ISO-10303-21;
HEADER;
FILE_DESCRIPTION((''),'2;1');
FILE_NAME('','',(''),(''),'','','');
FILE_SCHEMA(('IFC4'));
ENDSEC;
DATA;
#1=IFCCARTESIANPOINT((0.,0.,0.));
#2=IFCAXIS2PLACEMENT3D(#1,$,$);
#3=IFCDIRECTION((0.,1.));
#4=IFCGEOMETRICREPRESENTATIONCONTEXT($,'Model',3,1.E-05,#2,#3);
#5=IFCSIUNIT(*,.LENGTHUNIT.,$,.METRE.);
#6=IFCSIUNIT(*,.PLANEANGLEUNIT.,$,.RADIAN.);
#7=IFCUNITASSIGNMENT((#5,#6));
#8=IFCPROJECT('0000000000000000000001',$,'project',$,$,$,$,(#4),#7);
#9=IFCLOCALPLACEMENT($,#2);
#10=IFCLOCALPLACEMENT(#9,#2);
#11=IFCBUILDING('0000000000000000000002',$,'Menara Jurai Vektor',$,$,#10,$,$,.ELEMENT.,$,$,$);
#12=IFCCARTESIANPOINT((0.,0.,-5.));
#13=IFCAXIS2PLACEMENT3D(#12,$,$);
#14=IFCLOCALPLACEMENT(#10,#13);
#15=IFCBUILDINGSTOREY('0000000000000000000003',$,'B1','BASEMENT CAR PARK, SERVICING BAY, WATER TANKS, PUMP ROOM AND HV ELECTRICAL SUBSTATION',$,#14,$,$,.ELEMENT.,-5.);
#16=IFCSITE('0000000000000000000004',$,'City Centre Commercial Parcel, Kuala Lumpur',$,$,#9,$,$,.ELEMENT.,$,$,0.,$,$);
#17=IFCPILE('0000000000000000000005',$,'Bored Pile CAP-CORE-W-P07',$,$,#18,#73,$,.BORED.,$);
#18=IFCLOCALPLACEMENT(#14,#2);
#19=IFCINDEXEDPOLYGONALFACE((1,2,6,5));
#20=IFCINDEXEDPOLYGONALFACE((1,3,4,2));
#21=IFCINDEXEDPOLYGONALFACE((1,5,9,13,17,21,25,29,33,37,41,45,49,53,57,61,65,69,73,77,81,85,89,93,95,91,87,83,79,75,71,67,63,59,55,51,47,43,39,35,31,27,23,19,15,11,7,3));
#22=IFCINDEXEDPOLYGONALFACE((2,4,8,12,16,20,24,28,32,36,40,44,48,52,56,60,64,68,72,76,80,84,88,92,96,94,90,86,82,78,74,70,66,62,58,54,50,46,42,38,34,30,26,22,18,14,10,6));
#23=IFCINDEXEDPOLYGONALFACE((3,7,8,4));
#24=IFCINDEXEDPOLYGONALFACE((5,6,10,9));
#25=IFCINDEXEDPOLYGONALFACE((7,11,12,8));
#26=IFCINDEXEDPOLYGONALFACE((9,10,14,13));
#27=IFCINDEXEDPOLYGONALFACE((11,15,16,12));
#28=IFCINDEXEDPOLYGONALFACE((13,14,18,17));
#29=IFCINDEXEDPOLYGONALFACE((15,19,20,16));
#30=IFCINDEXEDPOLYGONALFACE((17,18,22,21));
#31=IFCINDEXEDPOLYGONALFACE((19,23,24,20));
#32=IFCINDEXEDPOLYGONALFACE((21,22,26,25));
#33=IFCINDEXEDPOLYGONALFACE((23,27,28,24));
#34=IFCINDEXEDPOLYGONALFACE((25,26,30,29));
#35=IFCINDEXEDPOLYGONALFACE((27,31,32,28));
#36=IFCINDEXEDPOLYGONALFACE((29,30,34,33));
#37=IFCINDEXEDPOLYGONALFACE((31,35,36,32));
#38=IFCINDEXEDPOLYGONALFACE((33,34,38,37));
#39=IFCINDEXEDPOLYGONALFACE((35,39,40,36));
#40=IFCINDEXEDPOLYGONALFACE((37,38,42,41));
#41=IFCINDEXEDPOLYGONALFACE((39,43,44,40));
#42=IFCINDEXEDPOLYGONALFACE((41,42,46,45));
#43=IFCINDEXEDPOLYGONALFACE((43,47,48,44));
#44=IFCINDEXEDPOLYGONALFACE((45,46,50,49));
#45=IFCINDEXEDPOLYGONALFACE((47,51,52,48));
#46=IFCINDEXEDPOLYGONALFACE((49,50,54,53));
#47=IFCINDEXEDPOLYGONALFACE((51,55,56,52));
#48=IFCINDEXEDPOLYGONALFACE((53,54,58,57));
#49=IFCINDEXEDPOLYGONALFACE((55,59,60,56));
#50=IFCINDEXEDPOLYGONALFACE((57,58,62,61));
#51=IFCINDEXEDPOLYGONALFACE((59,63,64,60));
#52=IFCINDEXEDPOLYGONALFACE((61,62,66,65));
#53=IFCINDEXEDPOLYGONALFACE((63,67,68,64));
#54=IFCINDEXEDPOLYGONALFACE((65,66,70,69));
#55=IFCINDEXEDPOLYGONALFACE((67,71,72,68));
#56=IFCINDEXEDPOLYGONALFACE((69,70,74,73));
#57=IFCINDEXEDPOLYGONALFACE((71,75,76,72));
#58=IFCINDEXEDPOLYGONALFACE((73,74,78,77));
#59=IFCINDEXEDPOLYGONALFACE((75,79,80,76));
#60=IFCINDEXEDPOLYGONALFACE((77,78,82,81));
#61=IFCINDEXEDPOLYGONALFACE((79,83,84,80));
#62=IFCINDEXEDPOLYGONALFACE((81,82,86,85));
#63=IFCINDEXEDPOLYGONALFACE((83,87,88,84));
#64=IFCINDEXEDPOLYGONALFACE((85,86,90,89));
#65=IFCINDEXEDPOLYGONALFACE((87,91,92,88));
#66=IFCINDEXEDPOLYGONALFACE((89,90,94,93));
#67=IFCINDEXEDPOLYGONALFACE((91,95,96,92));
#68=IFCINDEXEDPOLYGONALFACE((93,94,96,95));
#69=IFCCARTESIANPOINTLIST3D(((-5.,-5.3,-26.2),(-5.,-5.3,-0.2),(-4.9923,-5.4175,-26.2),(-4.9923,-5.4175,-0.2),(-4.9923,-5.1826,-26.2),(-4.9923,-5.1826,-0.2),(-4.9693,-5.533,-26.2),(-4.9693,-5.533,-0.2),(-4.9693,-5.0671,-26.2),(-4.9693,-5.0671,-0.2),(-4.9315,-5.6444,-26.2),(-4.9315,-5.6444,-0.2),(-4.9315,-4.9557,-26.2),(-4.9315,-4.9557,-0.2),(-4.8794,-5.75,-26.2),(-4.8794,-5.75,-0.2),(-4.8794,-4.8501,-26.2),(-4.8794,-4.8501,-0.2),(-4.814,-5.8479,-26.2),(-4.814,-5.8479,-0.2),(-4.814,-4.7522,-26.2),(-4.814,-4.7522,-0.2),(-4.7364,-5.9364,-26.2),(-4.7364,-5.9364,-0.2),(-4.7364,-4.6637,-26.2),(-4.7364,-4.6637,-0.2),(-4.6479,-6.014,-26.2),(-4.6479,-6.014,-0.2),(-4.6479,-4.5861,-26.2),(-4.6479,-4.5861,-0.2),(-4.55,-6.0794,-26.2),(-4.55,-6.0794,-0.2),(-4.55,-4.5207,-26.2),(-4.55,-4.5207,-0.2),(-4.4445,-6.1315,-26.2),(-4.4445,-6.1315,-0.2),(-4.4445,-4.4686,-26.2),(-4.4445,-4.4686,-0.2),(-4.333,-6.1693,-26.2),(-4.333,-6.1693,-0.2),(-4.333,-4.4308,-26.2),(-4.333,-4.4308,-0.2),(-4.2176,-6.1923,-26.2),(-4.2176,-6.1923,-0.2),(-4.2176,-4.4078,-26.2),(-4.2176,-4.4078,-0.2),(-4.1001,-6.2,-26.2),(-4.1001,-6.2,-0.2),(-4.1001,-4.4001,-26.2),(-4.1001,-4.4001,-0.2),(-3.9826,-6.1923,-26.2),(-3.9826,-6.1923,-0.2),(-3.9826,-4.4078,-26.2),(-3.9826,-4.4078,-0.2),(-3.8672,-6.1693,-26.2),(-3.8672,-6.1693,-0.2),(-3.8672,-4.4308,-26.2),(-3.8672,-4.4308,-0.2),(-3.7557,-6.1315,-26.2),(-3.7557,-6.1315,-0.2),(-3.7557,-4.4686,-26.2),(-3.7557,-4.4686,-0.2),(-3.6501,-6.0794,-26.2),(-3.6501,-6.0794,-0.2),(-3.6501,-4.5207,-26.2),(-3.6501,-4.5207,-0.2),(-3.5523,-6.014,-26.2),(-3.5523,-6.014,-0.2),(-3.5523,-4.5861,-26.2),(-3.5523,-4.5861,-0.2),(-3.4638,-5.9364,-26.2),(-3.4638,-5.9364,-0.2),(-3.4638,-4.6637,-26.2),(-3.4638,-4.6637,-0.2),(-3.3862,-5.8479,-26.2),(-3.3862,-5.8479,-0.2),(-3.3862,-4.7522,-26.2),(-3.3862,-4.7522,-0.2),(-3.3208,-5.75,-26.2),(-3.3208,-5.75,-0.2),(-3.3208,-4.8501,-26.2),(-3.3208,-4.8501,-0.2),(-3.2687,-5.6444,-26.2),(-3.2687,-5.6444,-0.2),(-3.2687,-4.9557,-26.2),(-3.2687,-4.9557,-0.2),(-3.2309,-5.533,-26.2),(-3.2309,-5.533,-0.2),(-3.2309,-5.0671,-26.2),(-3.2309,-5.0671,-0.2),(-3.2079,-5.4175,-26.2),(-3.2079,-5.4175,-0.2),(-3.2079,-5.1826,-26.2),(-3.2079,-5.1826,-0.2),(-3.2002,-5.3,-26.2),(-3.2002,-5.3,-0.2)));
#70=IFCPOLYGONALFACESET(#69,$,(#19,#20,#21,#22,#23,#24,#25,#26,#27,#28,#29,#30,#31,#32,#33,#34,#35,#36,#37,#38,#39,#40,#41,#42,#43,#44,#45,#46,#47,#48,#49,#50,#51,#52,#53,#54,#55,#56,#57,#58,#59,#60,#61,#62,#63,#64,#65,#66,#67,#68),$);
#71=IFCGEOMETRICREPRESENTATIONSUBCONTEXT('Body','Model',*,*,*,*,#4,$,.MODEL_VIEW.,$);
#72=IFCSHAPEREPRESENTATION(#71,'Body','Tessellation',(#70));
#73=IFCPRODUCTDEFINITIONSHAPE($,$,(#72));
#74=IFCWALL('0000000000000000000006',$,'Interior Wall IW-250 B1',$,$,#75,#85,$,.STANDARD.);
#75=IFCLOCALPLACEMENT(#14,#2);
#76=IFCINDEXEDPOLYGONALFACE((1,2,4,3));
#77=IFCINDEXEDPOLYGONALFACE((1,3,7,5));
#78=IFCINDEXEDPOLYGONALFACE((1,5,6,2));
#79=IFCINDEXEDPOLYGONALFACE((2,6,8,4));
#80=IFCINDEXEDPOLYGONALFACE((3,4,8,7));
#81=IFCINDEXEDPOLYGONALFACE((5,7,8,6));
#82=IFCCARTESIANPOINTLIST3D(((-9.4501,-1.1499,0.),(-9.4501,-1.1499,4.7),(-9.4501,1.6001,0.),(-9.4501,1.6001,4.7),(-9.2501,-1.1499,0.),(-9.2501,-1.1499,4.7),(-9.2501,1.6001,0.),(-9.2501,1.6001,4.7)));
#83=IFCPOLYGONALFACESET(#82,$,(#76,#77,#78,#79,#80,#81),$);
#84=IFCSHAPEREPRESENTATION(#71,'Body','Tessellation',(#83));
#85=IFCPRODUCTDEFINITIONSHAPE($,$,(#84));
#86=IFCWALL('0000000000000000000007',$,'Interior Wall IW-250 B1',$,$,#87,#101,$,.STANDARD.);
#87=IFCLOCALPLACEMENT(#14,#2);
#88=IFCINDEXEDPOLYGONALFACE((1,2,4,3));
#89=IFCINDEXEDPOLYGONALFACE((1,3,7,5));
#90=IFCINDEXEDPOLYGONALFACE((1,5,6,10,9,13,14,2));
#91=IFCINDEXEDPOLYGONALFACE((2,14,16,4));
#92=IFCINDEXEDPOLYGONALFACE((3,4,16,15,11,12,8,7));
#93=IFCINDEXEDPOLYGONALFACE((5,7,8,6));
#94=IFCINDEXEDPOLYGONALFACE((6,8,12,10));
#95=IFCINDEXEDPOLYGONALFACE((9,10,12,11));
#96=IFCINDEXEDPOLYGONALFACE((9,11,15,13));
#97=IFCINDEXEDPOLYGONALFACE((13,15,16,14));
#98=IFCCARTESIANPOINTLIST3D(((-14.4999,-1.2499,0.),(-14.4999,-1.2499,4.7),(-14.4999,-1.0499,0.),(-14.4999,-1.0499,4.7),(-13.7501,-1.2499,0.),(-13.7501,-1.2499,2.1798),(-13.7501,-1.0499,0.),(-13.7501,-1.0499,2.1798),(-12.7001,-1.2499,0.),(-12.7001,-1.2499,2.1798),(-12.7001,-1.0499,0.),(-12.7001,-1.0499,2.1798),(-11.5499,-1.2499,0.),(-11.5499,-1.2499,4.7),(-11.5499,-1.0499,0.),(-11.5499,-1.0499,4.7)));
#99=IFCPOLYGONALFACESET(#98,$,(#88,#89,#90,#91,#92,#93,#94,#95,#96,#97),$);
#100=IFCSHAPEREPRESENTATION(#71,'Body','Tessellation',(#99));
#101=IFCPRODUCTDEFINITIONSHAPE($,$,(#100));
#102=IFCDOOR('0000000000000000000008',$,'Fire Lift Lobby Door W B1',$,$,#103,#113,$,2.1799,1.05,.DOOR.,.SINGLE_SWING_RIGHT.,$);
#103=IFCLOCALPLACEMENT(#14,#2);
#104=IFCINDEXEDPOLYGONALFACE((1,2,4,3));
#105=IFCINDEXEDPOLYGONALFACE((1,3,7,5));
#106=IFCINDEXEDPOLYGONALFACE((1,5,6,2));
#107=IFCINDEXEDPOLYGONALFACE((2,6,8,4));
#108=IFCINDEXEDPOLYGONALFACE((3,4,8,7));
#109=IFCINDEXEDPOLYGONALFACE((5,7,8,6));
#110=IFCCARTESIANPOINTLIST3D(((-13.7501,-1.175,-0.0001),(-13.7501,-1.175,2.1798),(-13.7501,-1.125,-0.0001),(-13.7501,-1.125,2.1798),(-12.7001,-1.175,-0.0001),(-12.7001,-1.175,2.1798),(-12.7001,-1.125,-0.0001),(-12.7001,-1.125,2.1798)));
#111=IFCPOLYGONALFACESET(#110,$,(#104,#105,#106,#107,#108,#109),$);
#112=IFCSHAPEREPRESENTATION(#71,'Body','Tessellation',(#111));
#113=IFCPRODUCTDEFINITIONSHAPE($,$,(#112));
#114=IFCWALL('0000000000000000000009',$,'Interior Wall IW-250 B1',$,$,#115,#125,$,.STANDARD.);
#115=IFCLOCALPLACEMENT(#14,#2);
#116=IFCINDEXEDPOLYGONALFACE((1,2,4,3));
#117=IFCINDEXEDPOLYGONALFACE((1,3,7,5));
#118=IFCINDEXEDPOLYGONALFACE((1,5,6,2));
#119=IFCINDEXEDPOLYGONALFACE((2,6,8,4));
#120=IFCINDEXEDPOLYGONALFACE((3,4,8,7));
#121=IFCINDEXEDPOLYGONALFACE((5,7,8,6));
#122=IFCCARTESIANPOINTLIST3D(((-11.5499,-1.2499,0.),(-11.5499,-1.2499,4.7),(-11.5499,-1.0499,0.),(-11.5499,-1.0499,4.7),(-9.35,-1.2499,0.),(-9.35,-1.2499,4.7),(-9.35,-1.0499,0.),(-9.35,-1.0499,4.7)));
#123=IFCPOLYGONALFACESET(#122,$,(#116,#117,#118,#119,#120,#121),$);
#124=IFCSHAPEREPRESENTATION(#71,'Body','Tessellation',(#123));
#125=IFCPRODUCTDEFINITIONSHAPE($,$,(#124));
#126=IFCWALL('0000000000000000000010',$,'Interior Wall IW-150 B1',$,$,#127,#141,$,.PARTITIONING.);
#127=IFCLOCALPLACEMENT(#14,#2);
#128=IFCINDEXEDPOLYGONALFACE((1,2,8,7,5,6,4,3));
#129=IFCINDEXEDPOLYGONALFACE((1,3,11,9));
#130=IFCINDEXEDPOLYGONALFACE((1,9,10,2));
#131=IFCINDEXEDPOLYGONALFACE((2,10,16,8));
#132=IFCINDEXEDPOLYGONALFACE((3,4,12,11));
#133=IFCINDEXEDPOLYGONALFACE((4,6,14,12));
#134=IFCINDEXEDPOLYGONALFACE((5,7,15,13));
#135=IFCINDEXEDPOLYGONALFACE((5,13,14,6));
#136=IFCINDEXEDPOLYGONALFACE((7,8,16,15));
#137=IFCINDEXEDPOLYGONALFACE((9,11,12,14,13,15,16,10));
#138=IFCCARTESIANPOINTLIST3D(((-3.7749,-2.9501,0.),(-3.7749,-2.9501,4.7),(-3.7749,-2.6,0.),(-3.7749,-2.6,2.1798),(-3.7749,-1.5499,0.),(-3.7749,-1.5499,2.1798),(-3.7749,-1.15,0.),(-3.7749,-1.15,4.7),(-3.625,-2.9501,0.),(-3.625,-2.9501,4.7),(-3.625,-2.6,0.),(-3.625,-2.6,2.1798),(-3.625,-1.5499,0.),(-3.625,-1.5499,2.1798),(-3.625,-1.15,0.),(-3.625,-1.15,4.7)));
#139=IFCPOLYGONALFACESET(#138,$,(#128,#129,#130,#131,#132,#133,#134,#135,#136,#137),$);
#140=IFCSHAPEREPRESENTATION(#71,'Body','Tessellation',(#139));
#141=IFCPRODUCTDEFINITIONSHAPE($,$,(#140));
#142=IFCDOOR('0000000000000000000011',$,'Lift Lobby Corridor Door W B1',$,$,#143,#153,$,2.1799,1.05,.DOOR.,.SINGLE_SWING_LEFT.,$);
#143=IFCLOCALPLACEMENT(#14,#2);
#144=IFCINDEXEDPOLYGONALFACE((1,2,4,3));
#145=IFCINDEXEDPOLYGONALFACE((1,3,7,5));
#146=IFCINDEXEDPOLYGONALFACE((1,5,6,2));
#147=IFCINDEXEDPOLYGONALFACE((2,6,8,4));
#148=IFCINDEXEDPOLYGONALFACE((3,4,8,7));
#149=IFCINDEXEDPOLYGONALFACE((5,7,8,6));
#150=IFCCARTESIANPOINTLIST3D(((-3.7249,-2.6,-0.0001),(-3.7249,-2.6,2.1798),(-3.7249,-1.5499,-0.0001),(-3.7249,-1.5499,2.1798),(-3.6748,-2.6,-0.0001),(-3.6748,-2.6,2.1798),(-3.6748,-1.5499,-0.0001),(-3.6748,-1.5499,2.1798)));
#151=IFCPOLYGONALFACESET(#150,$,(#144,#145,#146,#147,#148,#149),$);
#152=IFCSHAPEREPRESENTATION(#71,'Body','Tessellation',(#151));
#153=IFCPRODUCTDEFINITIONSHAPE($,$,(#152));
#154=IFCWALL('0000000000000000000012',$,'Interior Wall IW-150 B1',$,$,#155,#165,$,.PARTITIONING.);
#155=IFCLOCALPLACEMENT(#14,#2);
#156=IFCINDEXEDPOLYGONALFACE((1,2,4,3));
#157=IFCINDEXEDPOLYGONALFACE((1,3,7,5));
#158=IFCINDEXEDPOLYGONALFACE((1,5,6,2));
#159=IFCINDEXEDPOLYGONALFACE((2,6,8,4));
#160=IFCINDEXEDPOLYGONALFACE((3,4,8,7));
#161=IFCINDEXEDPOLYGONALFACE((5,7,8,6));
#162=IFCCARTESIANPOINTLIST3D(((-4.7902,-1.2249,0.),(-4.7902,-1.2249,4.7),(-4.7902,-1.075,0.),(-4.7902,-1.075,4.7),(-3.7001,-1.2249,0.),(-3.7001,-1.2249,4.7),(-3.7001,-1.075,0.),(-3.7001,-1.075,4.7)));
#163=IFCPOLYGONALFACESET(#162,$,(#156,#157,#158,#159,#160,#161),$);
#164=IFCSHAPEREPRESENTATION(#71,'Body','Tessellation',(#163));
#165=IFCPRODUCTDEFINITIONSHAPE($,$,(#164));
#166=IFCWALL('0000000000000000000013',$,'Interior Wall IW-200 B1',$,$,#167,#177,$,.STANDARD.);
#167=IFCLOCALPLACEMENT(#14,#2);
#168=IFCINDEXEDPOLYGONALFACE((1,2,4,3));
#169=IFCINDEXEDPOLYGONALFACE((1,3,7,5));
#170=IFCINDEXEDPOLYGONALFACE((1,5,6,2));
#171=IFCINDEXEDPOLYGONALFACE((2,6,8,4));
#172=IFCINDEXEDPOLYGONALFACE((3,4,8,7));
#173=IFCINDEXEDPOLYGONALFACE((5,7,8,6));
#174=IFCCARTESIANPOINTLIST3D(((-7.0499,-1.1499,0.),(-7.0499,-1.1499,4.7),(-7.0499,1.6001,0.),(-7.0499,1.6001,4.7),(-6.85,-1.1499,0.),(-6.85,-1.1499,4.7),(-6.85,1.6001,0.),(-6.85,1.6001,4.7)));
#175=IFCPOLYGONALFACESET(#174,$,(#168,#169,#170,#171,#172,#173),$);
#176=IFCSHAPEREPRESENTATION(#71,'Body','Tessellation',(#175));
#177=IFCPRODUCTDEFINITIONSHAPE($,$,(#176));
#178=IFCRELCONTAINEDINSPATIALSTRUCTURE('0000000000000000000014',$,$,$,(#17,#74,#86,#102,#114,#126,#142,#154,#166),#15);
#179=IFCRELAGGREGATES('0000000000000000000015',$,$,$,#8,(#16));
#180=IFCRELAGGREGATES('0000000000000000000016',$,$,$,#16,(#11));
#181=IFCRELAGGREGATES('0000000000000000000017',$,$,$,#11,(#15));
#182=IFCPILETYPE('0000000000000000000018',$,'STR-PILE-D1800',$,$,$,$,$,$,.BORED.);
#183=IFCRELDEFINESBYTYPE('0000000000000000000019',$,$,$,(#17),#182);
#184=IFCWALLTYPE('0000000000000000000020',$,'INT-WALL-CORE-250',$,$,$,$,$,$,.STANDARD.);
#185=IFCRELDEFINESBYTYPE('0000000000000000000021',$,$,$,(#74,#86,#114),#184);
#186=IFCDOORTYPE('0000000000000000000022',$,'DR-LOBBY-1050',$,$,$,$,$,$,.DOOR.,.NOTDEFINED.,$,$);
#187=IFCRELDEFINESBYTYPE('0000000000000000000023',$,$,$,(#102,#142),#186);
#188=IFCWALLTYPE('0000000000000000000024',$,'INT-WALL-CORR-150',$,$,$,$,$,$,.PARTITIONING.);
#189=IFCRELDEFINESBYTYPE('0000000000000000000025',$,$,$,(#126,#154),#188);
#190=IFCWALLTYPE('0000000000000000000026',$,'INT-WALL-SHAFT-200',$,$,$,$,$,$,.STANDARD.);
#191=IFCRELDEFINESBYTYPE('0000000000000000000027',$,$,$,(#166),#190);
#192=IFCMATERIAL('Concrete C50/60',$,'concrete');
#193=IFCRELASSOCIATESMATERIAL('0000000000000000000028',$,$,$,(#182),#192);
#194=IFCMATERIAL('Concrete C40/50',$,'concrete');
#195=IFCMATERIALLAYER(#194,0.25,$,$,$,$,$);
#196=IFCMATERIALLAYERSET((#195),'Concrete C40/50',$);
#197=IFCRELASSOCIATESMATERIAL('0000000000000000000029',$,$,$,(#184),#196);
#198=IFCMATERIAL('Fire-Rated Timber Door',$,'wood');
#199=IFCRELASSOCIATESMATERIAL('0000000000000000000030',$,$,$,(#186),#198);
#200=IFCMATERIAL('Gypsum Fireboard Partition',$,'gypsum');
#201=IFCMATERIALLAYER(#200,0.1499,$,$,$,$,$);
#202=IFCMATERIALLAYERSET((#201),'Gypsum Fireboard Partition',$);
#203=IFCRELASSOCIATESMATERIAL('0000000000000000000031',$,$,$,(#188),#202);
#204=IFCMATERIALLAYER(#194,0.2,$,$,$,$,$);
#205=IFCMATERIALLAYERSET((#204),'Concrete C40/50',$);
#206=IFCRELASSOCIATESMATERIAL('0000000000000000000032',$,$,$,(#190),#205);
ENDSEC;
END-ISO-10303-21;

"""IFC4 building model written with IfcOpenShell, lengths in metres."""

from ifc_helpers import new_model, si_unit, direction, frame, frame_2d, origin, origin_2d, place, context, subcontext, project, spatial, rectangle, circle, extrude, material, layer, layer_set, material_profile, profile_set, type_object, element, fill, save


model = new_model("IFC4")

# Units and contexts
model_context = context("Model", 3, precision=1e-05, world=origin(), true_north=direction((0.0, 1.0)))
body_context = subcontext(model_context, "Body", "Model", "MODEL_VIEW")
ifc_project = project(units=[si_unit("LENGTHUNIT", "METRE"), si_unit("PLANEANGLEUNIT", "RADIAN")], contexts=[model_context])

# Site, building, storey
site_placement = place(None, origin())
site = spatial("IfcSite", under=ifc_project, at=site_placement, Name="City Centre Commercial Parcel, Kuala Lumpur", CompositionType="ELEMENT", RefElevation=0.0)
building_placement = place(site_placement, origin())
building = spatial("IfcBuilding", under=site, at=building_placement, Name="Menara Jurai Vektor", CompositionType="ELEMENT")
storey_placement = place(building_placement, frame((0.0, 0.0, -5.0)))
storey = spatial("IfcBuildingStorey", under=building, at=storey_placement, Name="B1", Description="BASEMENT CAR PARK, SERVICING BAY, WATER TANKS, PUMP ROOM AND HV ELECTRICAL SUBSTATION", CompositionType="ELEMENT", Elevation=-5.0)

# Shared definitions
ifc_material_1 = material(Name="Concrete C50/60", Category="concrete")

# Pile
ifc_material_profile = material_profile(ifc_material_1, circle(Radius=0.8999, at=origin_2d()), Name="PILE D1800")
ifc_profile_set = profile_set([ifc_material_profile], Name="Concrete C50/60")
pile_type = type_object("IfcPileType", Name="STR-PILE-D1800", PredefinedType="BORED", material=ifc_profile_set)
for number, where, z_axis, x_axis, name in (
    (1, (-4.1001, -5.3, -0.2), (0.0, 0.0, -1.0), (1.0, 0.0, 0.0), "Bored Pile CAP-CORE-W-P07"),
):
    element("IfcPile", number, at=place(storey_placement, frame(where, z_axis=z_axis, x_axis=x_axis)), inside=storey, type_object=pile_type, Name=name, PredefinedType="BORED", context=body_context, shape_type="SweptSolid", body=[
        extrude(circle(Radius=0.8999, at=origin_2d()), origin(), (0.0, 0.0, 1.0), 26.0),
    ])

# Shared definitions
ifc_material_2 = material(Name="Concrete C40/50", Category="concrete")
ifc_layer_1 = layer(ifc_material_2, 0.25)
ifc_layer_set_1 = layer_set([ifc_layer_1], Name="Concrete C40/50")
wall_type_1 = type_object("IfcWallType", Name="INT-WALL-CORE-250", PredefinedType="STANDARD", material=ifc_layer_set_1)

# Wall
wall_1_placement = place(storey_placement, frame((-9.3501, -1.1499, 0.0), z_axis=(0.0, 0.0, 1.0), x_axis=(0.0, 1.0, 0.0)))
element("IfcWall", 2, at=wall_1_placement, inside=storey, type_object=wall_type_1, Name="Interior Wall IW-250 B1", PredefinedType="STANDARD", context=body_context, shape_type="SweptSolid", body=[
    extrude(rectangle(XDim=2.75, YDim=0.2, at=frame_2d((1.375, 0.0))), origin(), (0.0, 0.0, 1.0), 4.7),
])

# Wall, opening, door
wall_2_placement = place(storey_placement, frame((-14.5, -1.1499, 0.0), z_axis=(0.0, 0.0, 1.0), x_axis=(1.0, 0.0, 0.0)))
wall_2 = element("IfcWall", 3, at=wall_2_placement, inside=storey, type_object=wall_type_1, Name="Interior Wall IW-250 B1", PredefinedType="STANDARD", context=body_context, shape_type="SweptSolid", body=[
    extrude(rectangle(XDim=2.95, YDim=0.2, at=frame_2d((1.4751, 0.0))), origin(), (0.0, 0.0, 1.0), 4.7),
])
opening_1_placement = place(wall_2_placement, frame((0.75, 0.0, 0.0)))
opening_1 = element("IfcOpeningElement", 4, at=opening_1_placement, cuts=wall_2, PredefinedType="OPENING", context=body_context, shape_type="SweptSolid", body=[
    extrude(rectangle(XDim=1.05, YDim=2.1799, at=frame_2d((0.5249, 1.0898))), frame((0.0, 0.1099, 0.0), z_axis=(0.0, -1.0, 0.0), x_axis=(1.0, 0.0, 0.0)), (0.0, 0.0, 1.0), 0.22),
])
ifc_material_3 = material(Name="Fire-Rated Timber Door", Category="wood")
door_type_1 = type_object("IfcDoorType", Name="DR-LOBBY-1050", OperationType="NOTDEFINED", PredefinedType="DOOR", material=ifc_material_3)
door_1_placement = place(opening_1_placement, origin())
door_1 = element("IfcDoor", 5, at=door_1_placement, inside=storey, type_object=door_type_1, Name="Fire Lift Lobby Door W B1", OperationType="SINGLE_SWING_RIGHT", OverallHeight=2.1799, OverallWidth=1.05, PredefinedType="DOOR", context=body_context, shape_type="SweptSolid", body=[
    extrude(rectangle(XDim=1.05, YDim=2.1799, at=frame_2d((0.5249, 1.0898))), frame((0.0, 0.0249, 0.0), z_axis=(0.0, -1.0, 0.0), x_axis=(1.0, 0.0, 0.0)), (0.0, 0.0, 1.0), 0.05),
])
fill(opening_1, door_1)

# Wall
wall_3_placement = place(storey_placement, frame((-11.55, -1.1499, 0.0), z_axis=(0.0, 0.0, 1.0), x_axis=(1.0, 0.0, 0.0)))
element("IfcWall", 6, at=wall_3_placement, inside=storey, type_object=wall_type_1, Name="Interior Wall IW-250 B1", PredefinedType="STANDARD", context=body_context, shape_type="SweptSolid", body=[
    extrude(rectangle(XDim=2.2, YDim=0.2, at=frame_2d((1.1001, 0.0))), origin(), (0.0, 0.0, 1.0), 4.7),
])

# Wall, opening, door
ifc_material_4 = material(Name="Gypsum Fireboard Partition", Category="gypsum")
ifc_layer_2 = layer(ifc_material_4, 0.1499)
ifc_layer_set_2 = layer_set([ifc_layer_2], Name="Gypsum Fireboard Partition")
wall_type_2 = type_object("IfcWallType", Name="INT-WALL-CORR-150", PredefinedType="PARTITIONING", material=ifc_layer_set_2)
wall_4_placement = place(storey_placement, frame((-3.7, -2.95, 0.0), z_axis=(0.0, 0.0, 1.0), x_axis=(0.0, 1.0, 0.0)))
wall_4 = element("IfcWall", 7, at=wall_4_placement, inside=storey, type_object=wall_type_2, Name="Interior Wall IW-150 B1", PredefinedType="PARTITIONING", context=body_context, shape_type="SweptSolid", body=[
    extrude(rectangle(XDim=1.8, YDim=0.1499, at=frame_2d((0.8999, 0.0))), origin(), (0.0, 0.0, 1.0), 4.7),
])
opening_2_placement = place(wall_4_placement, frame((0.3501, 0.0, 0.0)))
opening_2 = element("IfcOpeningElement", 8, at=opening_2_placement, cuts=wall_4, PredefinedType="OPENING", context=body_context, shape_type="SweptSolid", body=[
    extrude(rectangle(XDim=1.05, YDim=2.1799, at=frame_2d((0.5249, 1.0898))), frame((0.0, 0.085, 0.0), z_axis=(0.0, -1.0, 0.0), x_axis=(1.0, 0.0, 0.0)), (0.0, 0.0, 1.0), 0.1699),
])
door_2_placement = place(opening_2_placement, origin())
door_2 = element("IfcDoor", 9, at=door_2_placement, inside=storey, type_object=door_type_1, Name="Lift Lobby Corridor Door W B1", OperationType="SINGLE_SWING_LEFT", OverallHeight=2.1799, OverallWidth=1.05, PredefinedType="DOOR", context=body_context, shape_type="SweptSolid", body=[
    extrude(rectangle(XDim=1.05, YDim=2.1799, at=frame_2d((0.5249, 1.0898))), frame((0.0, 0.0249, 0.0), z_axis=(0.0, -1.0, 0.0), x_axis=(1.0, 0.0, 0.0)), (0.0, 0.0, 1.0), 0.05),
])
fill(opening_2, door_2)

# Wall
wall_5_placement = place(storey_placement, frame((-4.79, -1.1499, 0.0), z_axis=(0.0, 0.0, 1.0), x_axis=(1.0, 0.0, 0.0)))
element("IfcWall", 10, at=wall_5_placement, inside=storey, type_object=wall_type_2, Name="Interior Wall IW-150 B1", PredefinedType="PARTITIONING", context=body_context, shape_type="SweptSolid", body=[
    extrude(rectangle(XDim=1.0901, YDim=0.1499, at=frame_2d((0.5449, 0.0))), origin(), (0.0, 0.0, 1.0), 4.7),
])

# Shared definitions
ifc_layer_3 = layer(ifc_material_2, 0.2)
ifc_layer_set_3 = layer_set([ifc_layer_3], Name="Concrete C40/50")
wall_type_3 = type_object("IfcWallType", Name="INT-WALL-SHAFT-200", PredefinedType="STANDARD", material=ifc_layer_set_3)

# Wall
wall_6_placement = place(storey_placement, frame((-6.95, -1.1499, 0.0), z_axis=(0.0, 0.0, 1.0), x_axis=(0.0, 1.0, 0.0)))
element("IfcWall", 11, at=wall_6_placement, inside=storey, type_object=wall_type_3, Name="Interior Wall IW-200 B1", PredefinedType="STANDARD", context=body_context, shape_type="SweptSolid", body=[
    extrude(rectangle(XDim=2.75, YDim=0.2, at=frame_2d((1.375, 0.0))), origin(), (0.0, 0.0, 1.0), 4.7),
])

save(model, "model.ifc")
